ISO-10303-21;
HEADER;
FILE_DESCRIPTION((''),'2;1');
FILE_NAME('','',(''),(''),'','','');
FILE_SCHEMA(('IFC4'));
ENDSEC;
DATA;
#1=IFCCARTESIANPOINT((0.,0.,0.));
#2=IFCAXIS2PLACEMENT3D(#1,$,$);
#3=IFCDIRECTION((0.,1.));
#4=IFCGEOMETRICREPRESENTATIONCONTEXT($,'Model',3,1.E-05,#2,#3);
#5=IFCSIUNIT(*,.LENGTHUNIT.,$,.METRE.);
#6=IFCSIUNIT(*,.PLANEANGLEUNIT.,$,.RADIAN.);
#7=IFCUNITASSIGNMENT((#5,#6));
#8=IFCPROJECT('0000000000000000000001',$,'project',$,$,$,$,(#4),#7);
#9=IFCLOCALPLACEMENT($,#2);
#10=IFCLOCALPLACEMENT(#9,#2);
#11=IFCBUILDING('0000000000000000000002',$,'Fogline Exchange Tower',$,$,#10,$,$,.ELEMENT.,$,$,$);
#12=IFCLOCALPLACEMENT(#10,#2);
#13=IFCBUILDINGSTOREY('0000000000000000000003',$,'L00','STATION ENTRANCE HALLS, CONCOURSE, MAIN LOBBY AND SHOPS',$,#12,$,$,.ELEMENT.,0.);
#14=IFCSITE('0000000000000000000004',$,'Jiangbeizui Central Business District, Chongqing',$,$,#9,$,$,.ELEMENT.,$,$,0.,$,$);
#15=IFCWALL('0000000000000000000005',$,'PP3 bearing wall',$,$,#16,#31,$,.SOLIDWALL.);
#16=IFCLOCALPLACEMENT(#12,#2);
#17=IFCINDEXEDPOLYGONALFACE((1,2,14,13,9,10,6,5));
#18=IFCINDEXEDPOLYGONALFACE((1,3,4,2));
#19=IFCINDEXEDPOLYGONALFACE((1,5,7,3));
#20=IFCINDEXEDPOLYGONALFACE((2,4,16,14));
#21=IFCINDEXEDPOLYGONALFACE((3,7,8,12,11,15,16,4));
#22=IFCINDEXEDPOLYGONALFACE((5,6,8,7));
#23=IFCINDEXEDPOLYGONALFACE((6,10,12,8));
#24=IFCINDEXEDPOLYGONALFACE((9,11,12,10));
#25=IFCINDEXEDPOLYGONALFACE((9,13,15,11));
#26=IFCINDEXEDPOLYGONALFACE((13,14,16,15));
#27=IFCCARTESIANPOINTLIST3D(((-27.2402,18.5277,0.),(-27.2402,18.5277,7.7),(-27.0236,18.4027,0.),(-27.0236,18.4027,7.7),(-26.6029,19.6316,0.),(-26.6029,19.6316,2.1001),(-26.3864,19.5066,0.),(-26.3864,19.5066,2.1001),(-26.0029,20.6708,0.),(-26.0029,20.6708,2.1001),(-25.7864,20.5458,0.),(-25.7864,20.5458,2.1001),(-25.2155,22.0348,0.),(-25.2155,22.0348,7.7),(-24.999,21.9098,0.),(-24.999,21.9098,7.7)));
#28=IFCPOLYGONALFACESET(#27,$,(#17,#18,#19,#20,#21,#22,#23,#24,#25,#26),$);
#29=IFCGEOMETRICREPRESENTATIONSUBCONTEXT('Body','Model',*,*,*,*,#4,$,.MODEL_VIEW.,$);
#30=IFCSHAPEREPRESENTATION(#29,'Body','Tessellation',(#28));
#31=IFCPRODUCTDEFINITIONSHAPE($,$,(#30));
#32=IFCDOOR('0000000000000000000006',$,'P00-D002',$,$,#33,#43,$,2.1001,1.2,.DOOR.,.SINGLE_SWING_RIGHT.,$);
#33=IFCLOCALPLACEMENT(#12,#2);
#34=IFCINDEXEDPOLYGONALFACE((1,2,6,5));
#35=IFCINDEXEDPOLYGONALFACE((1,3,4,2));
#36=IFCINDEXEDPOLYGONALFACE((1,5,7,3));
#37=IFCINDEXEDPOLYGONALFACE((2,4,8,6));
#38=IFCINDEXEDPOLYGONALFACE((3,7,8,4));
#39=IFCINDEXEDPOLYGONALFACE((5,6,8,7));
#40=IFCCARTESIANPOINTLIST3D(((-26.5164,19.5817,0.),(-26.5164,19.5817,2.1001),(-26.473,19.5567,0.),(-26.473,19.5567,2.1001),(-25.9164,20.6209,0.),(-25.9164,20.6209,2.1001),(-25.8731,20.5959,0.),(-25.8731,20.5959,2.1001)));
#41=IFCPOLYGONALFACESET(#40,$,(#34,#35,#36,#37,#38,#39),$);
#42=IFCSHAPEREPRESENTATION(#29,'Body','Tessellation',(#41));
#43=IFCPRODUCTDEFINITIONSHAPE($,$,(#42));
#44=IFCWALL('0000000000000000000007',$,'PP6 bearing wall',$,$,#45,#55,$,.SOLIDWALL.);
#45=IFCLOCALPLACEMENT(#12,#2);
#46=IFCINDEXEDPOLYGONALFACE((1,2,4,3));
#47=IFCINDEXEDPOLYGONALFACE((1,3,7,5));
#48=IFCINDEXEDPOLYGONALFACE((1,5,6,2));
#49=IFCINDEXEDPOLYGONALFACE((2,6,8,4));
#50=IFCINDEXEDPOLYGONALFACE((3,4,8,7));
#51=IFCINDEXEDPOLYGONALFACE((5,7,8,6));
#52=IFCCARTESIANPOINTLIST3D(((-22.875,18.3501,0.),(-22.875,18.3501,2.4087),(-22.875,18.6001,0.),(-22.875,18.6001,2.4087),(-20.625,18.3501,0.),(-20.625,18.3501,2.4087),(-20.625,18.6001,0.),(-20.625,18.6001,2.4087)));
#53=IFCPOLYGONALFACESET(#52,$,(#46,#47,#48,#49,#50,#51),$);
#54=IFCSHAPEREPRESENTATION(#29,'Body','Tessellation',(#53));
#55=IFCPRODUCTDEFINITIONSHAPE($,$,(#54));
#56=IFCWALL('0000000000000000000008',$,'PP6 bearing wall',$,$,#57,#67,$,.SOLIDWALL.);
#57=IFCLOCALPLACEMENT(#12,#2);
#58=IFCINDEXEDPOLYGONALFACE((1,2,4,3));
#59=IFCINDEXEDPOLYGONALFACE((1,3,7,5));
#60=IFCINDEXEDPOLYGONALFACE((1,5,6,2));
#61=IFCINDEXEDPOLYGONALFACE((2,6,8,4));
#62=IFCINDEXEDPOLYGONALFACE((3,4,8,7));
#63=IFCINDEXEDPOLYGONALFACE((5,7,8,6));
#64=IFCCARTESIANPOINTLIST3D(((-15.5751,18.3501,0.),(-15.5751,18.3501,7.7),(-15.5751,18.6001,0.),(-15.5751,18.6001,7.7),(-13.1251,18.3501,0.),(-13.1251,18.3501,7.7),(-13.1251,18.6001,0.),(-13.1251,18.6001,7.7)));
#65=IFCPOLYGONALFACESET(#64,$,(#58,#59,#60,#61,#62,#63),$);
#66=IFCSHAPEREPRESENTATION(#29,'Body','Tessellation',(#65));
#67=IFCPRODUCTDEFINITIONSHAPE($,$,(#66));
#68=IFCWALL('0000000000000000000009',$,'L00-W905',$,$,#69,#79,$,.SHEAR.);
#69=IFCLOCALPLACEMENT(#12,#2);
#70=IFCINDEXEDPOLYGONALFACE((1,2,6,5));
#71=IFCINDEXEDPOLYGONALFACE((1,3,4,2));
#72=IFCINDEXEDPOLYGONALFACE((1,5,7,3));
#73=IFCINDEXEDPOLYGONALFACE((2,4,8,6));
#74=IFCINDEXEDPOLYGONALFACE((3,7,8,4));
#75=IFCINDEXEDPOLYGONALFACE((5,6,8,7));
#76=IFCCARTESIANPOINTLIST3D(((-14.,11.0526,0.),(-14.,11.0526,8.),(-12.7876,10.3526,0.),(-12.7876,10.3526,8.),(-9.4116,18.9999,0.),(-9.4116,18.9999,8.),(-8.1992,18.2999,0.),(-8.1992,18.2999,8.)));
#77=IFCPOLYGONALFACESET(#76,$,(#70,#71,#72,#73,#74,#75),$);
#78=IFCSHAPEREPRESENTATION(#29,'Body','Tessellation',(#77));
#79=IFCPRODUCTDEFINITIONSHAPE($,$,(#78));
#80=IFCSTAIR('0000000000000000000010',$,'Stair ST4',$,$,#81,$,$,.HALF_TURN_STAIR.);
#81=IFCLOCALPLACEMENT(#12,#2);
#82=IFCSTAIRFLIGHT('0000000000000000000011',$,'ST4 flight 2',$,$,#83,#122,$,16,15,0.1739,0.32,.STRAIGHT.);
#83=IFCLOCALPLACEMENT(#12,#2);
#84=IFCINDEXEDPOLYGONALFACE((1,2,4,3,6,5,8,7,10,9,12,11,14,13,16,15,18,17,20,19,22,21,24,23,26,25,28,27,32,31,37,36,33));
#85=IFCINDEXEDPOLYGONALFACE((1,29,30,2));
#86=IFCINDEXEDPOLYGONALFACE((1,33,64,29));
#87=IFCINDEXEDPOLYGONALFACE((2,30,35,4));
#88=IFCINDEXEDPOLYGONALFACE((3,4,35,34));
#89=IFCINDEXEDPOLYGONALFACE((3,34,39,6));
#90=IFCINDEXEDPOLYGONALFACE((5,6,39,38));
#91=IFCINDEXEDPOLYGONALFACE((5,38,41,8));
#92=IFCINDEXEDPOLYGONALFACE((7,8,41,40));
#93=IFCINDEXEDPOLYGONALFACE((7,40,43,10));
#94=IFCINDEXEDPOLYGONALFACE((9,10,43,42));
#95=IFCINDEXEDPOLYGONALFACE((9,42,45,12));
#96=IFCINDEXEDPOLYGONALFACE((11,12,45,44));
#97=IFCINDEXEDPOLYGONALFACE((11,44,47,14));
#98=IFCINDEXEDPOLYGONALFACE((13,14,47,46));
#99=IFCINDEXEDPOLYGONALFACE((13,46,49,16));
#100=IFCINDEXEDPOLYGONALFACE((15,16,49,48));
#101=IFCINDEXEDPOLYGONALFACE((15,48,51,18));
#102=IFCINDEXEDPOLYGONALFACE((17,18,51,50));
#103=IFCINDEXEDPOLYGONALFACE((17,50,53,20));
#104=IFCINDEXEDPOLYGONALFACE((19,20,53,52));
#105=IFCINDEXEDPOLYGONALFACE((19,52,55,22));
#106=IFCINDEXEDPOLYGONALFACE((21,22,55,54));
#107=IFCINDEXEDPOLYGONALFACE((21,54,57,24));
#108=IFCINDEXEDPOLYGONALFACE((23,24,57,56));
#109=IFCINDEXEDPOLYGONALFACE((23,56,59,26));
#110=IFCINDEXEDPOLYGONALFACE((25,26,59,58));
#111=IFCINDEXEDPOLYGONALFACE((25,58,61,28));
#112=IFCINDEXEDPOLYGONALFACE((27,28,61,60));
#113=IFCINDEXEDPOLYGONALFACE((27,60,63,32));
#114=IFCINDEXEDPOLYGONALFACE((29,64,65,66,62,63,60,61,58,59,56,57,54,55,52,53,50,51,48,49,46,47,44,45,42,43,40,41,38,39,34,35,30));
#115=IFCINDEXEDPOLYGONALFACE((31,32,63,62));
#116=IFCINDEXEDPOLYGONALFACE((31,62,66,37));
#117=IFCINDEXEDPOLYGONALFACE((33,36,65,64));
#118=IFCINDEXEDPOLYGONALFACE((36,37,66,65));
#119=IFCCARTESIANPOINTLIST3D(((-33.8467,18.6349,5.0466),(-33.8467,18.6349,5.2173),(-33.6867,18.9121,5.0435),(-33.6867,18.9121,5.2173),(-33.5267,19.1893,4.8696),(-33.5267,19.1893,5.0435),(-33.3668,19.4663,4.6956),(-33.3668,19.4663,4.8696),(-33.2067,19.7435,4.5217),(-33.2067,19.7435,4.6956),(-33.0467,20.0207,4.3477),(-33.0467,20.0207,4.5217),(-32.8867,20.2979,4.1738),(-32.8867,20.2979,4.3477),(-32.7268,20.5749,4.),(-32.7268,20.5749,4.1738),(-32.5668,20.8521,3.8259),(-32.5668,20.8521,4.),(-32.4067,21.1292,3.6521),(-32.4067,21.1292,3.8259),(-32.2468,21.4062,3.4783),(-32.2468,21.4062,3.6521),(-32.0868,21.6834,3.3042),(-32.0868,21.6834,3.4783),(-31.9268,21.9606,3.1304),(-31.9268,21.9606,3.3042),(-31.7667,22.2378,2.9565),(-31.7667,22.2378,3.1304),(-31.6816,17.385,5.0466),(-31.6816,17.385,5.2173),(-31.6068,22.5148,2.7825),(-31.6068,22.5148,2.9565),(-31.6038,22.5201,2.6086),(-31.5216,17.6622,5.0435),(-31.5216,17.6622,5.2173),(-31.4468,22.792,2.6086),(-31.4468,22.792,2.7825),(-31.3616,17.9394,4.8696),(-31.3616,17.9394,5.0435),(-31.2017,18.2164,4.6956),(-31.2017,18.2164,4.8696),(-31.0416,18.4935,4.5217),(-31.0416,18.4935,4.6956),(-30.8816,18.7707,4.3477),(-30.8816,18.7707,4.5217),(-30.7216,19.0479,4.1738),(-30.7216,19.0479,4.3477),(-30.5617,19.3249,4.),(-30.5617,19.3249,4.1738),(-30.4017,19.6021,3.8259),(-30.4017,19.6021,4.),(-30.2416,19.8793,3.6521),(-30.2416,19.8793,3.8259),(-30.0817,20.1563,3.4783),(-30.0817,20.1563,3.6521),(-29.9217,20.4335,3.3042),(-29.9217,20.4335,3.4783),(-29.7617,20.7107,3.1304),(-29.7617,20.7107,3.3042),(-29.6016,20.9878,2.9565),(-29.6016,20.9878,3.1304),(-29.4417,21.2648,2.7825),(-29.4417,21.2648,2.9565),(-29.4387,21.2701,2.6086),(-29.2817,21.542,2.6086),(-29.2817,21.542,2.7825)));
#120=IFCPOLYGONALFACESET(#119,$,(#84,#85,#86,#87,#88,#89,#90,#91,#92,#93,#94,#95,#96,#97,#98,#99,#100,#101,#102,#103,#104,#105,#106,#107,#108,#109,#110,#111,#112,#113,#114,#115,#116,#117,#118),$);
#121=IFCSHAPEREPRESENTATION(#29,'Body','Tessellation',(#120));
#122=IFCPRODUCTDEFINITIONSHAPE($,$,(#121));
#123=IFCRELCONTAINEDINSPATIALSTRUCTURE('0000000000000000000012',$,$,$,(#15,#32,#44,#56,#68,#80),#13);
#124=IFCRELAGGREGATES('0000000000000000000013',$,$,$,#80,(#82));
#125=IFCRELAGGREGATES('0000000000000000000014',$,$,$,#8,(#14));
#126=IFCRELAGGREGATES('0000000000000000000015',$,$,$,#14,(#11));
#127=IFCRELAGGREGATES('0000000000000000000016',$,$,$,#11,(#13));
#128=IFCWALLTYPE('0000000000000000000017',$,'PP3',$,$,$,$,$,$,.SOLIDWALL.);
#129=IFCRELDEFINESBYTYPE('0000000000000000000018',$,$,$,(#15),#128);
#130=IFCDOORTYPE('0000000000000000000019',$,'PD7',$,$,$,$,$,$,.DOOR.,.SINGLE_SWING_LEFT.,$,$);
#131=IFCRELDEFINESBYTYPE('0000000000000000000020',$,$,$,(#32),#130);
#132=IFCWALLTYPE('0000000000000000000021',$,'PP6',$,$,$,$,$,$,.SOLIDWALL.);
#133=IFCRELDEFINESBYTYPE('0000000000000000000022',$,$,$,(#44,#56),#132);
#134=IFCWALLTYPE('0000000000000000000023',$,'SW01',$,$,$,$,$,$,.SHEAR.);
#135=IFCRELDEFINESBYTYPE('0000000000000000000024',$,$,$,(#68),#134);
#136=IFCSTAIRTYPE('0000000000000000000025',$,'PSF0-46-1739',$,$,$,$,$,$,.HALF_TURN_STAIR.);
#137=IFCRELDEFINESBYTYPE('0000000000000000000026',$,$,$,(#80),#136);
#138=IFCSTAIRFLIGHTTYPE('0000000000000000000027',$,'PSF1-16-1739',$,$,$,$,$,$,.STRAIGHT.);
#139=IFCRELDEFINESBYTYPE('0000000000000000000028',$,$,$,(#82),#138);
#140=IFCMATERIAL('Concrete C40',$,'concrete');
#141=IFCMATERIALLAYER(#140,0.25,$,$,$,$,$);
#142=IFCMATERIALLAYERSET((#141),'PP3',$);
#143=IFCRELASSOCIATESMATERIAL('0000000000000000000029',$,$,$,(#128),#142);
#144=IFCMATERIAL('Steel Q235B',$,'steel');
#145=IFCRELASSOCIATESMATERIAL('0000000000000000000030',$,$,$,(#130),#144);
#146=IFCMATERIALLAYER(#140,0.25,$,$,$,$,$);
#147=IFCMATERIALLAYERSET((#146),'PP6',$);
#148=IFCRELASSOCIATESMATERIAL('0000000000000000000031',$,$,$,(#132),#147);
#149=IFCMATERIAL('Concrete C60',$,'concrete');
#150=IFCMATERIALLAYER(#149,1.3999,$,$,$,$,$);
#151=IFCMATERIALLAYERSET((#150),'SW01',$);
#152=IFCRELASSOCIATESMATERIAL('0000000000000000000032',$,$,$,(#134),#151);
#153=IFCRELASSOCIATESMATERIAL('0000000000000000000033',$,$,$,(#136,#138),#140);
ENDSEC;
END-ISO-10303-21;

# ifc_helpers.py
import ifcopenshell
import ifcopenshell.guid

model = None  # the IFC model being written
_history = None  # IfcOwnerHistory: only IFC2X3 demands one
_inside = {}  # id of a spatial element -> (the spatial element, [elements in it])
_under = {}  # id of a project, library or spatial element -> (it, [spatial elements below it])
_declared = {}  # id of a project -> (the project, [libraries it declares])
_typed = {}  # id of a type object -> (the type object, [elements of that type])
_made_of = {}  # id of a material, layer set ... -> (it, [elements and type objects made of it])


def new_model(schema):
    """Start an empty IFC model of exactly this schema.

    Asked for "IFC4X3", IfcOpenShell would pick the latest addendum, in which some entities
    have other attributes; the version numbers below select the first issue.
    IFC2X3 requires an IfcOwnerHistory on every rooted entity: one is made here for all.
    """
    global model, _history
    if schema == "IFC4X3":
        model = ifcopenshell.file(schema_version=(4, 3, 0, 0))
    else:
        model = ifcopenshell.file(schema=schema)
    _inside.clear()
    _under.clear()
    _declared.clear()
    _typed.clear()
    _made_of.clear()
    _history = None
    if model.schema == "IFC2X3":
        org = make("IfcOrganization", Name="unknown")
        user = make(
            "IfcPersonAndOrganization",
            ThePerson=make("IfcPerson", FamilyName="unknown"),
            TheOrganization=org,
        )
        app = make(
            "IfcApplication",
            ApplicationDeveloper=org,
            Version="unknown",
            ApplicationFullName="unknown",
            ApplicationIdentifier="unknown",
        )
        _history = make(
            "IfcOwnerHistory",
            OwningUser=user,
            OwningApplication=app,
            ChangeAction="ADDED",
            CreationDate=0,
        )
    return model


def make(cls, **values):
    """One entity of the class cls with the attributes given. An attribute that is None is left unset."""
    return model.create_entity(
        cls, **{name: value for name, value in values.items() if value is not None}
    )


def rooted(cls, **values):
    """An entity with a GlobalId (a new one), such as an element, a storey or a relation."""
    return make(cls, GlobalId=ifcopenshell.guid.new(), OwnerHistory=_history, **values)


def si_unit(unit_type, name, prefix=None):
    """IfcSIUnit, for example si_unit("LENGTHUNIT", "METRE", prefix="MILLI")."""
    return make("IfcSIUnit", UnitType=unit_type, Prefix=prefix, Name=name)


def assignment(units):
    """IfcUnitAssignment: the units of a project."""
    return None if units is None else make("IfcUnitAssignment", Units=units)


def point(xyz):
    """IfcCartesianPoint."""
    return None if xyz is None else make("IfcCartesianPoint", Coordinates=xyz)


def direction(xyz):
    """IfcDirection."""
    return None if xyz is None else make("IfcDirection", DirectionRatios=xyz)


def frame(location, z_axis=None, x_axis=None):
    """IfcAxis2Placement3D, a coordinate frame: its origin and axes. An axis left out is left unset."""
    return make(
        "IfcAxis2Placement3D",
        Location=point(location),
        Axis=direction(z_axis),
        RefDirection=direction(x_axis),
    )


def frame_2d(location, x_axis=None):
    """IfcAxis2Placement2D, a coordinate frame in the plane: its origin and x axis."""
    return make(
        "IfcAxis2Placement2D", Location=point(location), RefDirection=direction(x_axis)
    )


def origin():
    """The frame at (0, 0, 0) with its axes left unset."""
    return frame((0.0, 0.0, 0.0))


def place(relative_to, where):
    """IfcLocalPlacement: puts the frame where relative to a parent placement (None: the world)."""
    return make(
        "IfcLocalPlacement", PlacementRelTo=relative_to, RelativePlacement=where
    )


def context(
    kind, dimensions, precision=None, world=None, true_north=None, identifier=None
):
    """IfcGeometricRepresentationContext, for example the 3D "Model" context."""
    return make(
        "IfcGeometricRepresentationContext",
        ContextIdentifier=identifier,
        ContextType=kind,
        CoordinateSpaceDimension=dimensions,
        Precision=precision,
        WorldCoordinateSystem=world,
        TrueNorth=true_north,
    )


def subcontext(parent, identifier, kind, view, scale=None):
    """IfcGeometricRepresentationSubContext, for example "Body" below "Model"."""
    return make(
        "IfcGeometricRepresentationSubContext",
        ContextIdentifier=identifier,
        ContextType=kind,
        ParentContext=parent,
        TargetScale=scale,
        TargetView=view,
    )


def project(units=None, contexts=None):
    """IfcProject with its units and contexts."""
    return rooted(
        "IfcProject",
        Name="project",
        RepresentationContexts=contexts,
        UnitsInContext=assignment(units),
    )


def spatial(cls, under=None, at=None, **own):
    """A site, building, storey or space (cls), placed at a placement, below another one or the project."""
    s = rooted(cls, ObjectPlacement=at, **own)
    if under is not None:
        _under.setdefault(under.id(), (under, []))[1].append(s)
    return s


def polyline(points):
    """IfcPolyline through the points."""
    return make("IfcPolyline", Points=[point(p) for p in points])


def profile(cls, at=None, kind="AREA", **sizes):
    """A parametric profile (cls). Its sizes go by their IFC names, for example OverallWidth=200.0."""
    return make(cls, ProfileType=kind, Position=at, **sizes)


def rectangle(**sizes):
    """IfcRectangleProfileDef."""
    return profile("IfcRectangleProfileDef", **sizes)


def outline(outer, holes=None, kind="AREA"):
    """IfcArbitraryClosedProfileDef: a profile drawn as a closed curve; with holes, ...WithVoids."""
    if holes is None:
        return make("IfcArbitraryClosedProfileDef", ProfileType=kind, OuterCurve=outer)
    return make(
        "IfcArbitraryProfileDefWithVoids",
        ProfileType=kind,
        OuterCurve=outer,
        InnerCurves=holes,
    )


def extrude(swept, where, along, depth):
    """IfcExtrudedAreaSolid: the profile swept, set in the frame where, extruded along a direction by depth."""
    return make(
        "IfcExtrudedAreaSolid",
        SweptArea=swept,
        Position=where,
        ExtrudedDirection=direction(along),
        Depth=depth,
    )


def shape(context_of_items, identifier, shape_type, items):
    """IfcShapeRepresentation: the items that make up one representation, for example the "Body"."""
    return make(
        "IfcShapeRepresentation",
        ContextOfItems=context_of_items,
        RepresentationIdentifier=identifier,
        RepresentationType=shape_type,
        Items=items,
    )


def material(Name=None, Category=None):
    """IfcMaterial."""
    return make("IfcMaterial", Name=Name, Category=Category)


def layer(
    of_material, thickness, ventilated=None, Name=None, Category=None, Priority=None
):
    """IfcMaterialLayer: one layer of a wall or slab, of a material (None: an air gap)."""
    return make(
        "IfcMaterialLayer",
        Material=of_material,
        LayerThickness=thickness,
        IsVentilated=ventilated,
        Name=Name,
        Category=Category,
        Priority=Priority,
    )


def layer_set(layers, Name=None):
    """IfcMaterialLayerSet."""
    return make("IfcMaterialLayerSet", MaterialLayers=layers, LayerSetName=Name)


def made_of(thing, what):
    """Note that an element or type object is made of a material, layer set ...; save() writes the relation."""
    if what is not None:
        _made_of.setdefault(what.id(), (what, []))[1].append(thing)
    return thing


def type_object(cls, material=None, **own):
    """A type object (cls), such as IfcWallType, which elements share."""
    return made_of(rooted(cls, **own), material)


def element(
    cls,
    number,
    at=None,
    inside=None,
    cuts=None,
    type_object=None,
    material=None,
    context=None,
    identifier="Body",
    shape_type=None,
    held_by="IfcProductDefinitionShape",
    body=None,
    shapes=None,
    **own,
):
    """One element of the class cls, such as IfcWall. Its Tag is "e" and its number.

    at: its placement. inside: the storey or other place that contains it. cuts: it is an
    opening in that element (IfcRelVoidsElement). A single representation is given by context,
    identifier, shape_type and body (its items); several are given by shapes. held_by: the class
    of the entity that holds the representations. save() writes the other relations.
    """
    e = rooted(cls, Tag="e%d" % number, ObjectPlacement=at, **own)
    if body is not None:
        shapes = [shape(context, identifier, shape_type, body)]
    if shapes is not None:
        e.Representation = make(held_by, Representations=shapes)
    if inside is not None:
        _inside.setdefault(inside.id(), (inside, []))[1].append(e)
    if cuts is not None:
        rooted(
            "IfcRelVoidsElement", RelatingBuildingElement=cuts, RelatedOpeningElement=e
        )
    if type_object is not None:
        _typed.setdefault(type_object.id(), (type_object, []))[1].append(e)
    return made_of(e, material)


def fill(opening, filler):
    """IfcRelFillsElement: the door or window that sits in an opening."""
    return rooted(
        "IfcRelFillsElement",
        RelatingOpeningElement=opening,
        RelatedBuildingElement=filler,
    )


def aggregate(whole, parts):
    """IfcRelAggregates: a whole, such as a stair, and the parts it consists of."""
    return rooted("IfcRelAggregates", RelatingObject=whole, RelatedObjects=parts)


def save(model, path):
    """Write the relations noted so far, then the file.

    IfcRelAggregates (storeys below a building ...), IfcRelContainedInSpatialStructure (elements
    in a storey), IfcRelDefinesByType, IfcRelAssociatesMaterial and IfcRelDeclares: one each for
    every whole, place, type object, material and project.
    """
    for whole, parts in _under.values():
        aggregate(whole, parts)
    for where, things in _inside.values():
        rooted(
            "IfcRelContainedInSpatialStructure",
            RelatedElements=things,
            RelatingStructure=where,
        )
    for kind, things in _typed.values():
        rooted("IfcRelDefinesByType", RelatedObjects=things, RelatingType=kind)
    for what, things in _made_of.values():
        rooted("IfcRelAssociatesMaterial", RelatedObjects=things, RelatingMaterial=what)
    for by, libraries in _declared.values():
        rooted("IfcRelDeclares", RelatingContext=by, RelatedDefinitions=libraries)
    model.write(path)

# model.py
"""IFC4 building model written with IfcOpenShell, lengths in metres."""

from ifc_helpers import new_model, si_unit, direction, frame, frame_2d, origin, place, context, subcontext, project, spatial, polyline, rectangle, outline, extrude, material, layer, layer_set, type_object, element, fill, aggregate, save


model = new_model("IFC4")

# Units and contexts
model_context = context("Model", 3, precision=1e-05, world=origin(), true_north=direction((0.0, 1.0)))
body_context = subcontext(model_context, "Body", "Model", "MODEL_VIEW")
ifc_project = project(units=[si_unit("LENGTHUNIT", "METRE"), si_unit("PLANEANGLEUNIT", "RADIAN")], contexts=[model_context])

# Site, building, storey
site_placement = place(None, origin())
site = spatial("IfcSite", under=ifc_project, at=site_placement, Name="Jiangbeizui Central Business District, Chongqing", CompositionType="ELEMENT", RefElevation=0.0)
building_placement = place(site_placement, origin())
building = spatial("IfcBuilding", under=site, at=building_placement, Name="Fogline Exchange Tower", CompositionType="ELEMENT")
storey_placement = place(building_placement, origin())
storey = spatial("IfcBuildingStorey", under=building, at=storey_placement, Name="L00", Description="STATION ENTRANCE HALLS, CONCOURSE, MAIN LOBBY AND SHOPS", CompositionType="ELEMENT", Elevation=0.0)

# Shared definitions
ifc_material_1 = material(Name="Steel Q235B", Category="steel")

# Shared definitions
ifc_material_2 = material(Name="Concrete C40", Category="concrete")
ifc_layer_1 = layer(ifc_material_2, 0.25)
ifc_layer_set_1 = layer_set([ifc_layer_1], Name="PP3")
wall_type_1 = type_object("IfcWallType", Name="PP3", PredefinedType="SOLIDWALL", material=ifc_layer_set_1)

# Wall, opening, door
wall_1_placement = place(storey_placement, frame((-25.1072, 21.9724, 0.0), z_axis=(0.0, 0.0, 1.0), x_axis=(-0.499971, -0.866042, 0.0)))
wall_1 = element("IfcWall", 1, at=wall_1_placement, inside=storey, type_object=wall_type_1, Name="PP3 bearing wall", PredefinedType="SOLIDWALL", context=body_context, shape_type="SweptSolid", body=[
    extrude(rectangle(XDim=4.0496, YDim=0.25, at=frame_2d((2.0249, 0.0))), origin(), (0.0, 0.0, 1.0), 7.7),
])
opening_1_placement = place(wall_1_placement, frame((1.575, 0.0, 0.0)))
opening_1 = element("IfcOpeningElement", 2, at=opening_1_placement, cuts=wall_1, PredefinedType="OPENING", context=body_context, shape_type="SweptSolid", body=[
    extrude(rectangle(XDim=1.2, YDim=2.1001, at=frame_2d((0.6001, 1.05))), frame((0.0, 0.135, 0.0), z_axis=(0.0, -1.0, 0.0), x_axis=(1.0, 0.0, 0.0)), (0.0, 0.0, 1.0), 0.27),
])
door_type_1 = type_object("IfcDoorType", Name="PD7", OperationType="SINGLE_SWING_LEFT", PredefinedType="DOOR", material=ifc_material_1)
door_1_placement = place(opening_1_placement, origin())
door_1 = element("IfcDoor", 3, at=door_1_placement, inside=storey, type_object=door_type_1, Name="P00-D002", OperationType="SINGLE_SWING_RIGHT", OverallHeight=2.1001, OverallWidth=1.2, PredefinedType="DOOR", context=body_context, shape_type="SweptSolid", body=[
    extrude(rectangle(XDim=1.2, YDim=2.1001, at=frame_2d((0.6001, 1.05))), frame((0.0, 0.0249, 0.0), z_axis=(0.0, -1.0, 0.0), x_axis=(1.0, 0.0, 0.0)), (0.0, 0.0, 1.0), 0.05),
])
fill(opening_1, door_1)

# Walls
ifc_layer_2 = layer(ifc_material_2, 0.25)
ifc_layer_set_2 = layer_set([ifc_layer_2], Name="PP6")
wall_type_2 = type_object("IfcWallType", Name="PP6", PredefinedType="SOLIDWALL", material=ifc_layer_set_2)
wall_2_placement = place(storey_placement, frame((-22.875, 18.4751, 0.0), z_axis=(0.0, 0.0, 1.0), x_axis=(1.0, 0.0, 0.0)))
element("IfcWall", 4, at=wall_2_placement, inside=storey, type_object=wall_type_2, Name="PP6 bearing wall", PredefinedType="SOLIDWALL", context=body_context, shape_type="SweptSolid", body=[
    extrude(rectangle(XDim=2.25, YDim=0.25, at=frame_2d((1.125, 0.0))), origin(), (0.0, 0.0, 1.0), 2.4087),
])
wall_3_placement = place(storey_placement, frame((-13.125, 18.4751, 0.0), z_axis=(0.0, 0.0, 1.0), x_axis=(-1.0, 0.0, 0.0)))
element("IfcWall", 5, at=wall_3_placement, inside=storey, type_object=wall_type_2, Name="PP6 bearing wall", PredefinedType="SOLIDWALL", context=body_context, shape_type="SweptSolid", body=[
    extrude(rectangle(XDim=2.45, YDim=0.25, at=frame_2d((1.2251, 0.0))), origin(), (0.0, 0.0, 1.0), 7.7),
])
ifc_material_3 = material(Name="Concrete C60", Category="concrete")
ifc_layer_3 = layer(ifc_material_3, 1.3999)
ifc_layer_set_3 = layer_set([ifc_layer_3], Name="SW01")
wall_type_3 = type_object("IfcWallType", Name="SW01", PredefinedType="SHEAR", material=ifc_layer_set_3)
wall_4_placement = place(storey_placement, frame((-8.8054, 18.6499, 0.0), z_axis=(0.0, 0.0, 1.0), x_axis=(-0.500002, -0.866024, 0.0)))
element("IfcWall", 6, at=wall_4_placement, inside=storey, type_object=wall_type_3, Name="L00-W905", PredefinedType="SHEAR", context=body_context, shape_type="SweptSolid", body=[
    extrude(rectangle(XDim=9.1768, YDim=1.3999, at=frame_2d((4.5884, 0.0))), origin(), (0.0, 0.0, 1.0), 8.0),
])

# Stair, stair flight
stair_type = type_object("IfcStairType", Name="PSF0-46-1739", PredefinedType="HALF_TURN_STAIR", material=ifc_material_2)
stair_placement = place(storey_placement, origin())
stair = element("IfcStair", 7, at=stair_placement, inside=storey, type_object=stair_type, Name="Stair ST4", PredefinedType="HALF_TURN_STAIR")
stair_flight_type = type_object("IfcStairFlightType", Name="PSF1-16-1739", PredefinedType="STRAIGHT", material=ifc_material_2)
stair_flight_placement = place(storey_placement, frame((-30.3643, 22.167, 2.6086), z_axis=(0.0, 0.0, 1.0), x_axis=(-0.499979, -0.866037, 0.0)))
stair_flight = element("IfcStairFlight", 8, at=stair_flight_placement, type_object=stair_flight_type, Name="ST4 flight 2", NumberOfRisers=16, NumberOfTreads=15, PredefinedType="STRAIGHT", RiserHeight=0.1739, TreadLength=0.32, context=body_context, shape_type="SweptSolid", body=[
    extrude(outline(polyline([(0.0, 0.0), (0.0, 0.1738), (0.3201, 0.1738), (0.3201, 0.3479), (0.6399, 0.3479), (0.6399, 0.5217), (0.96, 0.5217), (0.96, 0.6956), (1.28, 0.6956), (1.28, 0.8696), (1.6001, 0.8696), (1.6001, 1.0435), (1.9199, 1.0435), (1.9199, 1.2173), (2.24, 1.2173), (2.24, 1.3914), (2.5601, 1.3914), (2.5601, 1.5652), (2.8799, 1.5652), (2.8799, 1.739), (3.2, 1.739), (3.2, 1.9131), (3.52, 1.9131), (3.52, 2.0869), (3.8401, 2.0869), (3.8401, 2.261), (4.1599, 2.261), (4.1599, 2.4348), (4.48, 2.4348), (4.48, 2.6086), (4.8, 2.6086), (4.8, 2.7827), (4.8, 2.438), (0.314, 0.0), (0.0, 0.0)])), frame((0.0, 1.25, 0.0), z_axis=(0.0, -1.0, 0.0), x_axis=(1.0, 0.0, 0.0)), (0.0, 0.0, 1.0), 2.5),
])
aggregate(stair, [stair_flight])

save(model, "model.ifc")
